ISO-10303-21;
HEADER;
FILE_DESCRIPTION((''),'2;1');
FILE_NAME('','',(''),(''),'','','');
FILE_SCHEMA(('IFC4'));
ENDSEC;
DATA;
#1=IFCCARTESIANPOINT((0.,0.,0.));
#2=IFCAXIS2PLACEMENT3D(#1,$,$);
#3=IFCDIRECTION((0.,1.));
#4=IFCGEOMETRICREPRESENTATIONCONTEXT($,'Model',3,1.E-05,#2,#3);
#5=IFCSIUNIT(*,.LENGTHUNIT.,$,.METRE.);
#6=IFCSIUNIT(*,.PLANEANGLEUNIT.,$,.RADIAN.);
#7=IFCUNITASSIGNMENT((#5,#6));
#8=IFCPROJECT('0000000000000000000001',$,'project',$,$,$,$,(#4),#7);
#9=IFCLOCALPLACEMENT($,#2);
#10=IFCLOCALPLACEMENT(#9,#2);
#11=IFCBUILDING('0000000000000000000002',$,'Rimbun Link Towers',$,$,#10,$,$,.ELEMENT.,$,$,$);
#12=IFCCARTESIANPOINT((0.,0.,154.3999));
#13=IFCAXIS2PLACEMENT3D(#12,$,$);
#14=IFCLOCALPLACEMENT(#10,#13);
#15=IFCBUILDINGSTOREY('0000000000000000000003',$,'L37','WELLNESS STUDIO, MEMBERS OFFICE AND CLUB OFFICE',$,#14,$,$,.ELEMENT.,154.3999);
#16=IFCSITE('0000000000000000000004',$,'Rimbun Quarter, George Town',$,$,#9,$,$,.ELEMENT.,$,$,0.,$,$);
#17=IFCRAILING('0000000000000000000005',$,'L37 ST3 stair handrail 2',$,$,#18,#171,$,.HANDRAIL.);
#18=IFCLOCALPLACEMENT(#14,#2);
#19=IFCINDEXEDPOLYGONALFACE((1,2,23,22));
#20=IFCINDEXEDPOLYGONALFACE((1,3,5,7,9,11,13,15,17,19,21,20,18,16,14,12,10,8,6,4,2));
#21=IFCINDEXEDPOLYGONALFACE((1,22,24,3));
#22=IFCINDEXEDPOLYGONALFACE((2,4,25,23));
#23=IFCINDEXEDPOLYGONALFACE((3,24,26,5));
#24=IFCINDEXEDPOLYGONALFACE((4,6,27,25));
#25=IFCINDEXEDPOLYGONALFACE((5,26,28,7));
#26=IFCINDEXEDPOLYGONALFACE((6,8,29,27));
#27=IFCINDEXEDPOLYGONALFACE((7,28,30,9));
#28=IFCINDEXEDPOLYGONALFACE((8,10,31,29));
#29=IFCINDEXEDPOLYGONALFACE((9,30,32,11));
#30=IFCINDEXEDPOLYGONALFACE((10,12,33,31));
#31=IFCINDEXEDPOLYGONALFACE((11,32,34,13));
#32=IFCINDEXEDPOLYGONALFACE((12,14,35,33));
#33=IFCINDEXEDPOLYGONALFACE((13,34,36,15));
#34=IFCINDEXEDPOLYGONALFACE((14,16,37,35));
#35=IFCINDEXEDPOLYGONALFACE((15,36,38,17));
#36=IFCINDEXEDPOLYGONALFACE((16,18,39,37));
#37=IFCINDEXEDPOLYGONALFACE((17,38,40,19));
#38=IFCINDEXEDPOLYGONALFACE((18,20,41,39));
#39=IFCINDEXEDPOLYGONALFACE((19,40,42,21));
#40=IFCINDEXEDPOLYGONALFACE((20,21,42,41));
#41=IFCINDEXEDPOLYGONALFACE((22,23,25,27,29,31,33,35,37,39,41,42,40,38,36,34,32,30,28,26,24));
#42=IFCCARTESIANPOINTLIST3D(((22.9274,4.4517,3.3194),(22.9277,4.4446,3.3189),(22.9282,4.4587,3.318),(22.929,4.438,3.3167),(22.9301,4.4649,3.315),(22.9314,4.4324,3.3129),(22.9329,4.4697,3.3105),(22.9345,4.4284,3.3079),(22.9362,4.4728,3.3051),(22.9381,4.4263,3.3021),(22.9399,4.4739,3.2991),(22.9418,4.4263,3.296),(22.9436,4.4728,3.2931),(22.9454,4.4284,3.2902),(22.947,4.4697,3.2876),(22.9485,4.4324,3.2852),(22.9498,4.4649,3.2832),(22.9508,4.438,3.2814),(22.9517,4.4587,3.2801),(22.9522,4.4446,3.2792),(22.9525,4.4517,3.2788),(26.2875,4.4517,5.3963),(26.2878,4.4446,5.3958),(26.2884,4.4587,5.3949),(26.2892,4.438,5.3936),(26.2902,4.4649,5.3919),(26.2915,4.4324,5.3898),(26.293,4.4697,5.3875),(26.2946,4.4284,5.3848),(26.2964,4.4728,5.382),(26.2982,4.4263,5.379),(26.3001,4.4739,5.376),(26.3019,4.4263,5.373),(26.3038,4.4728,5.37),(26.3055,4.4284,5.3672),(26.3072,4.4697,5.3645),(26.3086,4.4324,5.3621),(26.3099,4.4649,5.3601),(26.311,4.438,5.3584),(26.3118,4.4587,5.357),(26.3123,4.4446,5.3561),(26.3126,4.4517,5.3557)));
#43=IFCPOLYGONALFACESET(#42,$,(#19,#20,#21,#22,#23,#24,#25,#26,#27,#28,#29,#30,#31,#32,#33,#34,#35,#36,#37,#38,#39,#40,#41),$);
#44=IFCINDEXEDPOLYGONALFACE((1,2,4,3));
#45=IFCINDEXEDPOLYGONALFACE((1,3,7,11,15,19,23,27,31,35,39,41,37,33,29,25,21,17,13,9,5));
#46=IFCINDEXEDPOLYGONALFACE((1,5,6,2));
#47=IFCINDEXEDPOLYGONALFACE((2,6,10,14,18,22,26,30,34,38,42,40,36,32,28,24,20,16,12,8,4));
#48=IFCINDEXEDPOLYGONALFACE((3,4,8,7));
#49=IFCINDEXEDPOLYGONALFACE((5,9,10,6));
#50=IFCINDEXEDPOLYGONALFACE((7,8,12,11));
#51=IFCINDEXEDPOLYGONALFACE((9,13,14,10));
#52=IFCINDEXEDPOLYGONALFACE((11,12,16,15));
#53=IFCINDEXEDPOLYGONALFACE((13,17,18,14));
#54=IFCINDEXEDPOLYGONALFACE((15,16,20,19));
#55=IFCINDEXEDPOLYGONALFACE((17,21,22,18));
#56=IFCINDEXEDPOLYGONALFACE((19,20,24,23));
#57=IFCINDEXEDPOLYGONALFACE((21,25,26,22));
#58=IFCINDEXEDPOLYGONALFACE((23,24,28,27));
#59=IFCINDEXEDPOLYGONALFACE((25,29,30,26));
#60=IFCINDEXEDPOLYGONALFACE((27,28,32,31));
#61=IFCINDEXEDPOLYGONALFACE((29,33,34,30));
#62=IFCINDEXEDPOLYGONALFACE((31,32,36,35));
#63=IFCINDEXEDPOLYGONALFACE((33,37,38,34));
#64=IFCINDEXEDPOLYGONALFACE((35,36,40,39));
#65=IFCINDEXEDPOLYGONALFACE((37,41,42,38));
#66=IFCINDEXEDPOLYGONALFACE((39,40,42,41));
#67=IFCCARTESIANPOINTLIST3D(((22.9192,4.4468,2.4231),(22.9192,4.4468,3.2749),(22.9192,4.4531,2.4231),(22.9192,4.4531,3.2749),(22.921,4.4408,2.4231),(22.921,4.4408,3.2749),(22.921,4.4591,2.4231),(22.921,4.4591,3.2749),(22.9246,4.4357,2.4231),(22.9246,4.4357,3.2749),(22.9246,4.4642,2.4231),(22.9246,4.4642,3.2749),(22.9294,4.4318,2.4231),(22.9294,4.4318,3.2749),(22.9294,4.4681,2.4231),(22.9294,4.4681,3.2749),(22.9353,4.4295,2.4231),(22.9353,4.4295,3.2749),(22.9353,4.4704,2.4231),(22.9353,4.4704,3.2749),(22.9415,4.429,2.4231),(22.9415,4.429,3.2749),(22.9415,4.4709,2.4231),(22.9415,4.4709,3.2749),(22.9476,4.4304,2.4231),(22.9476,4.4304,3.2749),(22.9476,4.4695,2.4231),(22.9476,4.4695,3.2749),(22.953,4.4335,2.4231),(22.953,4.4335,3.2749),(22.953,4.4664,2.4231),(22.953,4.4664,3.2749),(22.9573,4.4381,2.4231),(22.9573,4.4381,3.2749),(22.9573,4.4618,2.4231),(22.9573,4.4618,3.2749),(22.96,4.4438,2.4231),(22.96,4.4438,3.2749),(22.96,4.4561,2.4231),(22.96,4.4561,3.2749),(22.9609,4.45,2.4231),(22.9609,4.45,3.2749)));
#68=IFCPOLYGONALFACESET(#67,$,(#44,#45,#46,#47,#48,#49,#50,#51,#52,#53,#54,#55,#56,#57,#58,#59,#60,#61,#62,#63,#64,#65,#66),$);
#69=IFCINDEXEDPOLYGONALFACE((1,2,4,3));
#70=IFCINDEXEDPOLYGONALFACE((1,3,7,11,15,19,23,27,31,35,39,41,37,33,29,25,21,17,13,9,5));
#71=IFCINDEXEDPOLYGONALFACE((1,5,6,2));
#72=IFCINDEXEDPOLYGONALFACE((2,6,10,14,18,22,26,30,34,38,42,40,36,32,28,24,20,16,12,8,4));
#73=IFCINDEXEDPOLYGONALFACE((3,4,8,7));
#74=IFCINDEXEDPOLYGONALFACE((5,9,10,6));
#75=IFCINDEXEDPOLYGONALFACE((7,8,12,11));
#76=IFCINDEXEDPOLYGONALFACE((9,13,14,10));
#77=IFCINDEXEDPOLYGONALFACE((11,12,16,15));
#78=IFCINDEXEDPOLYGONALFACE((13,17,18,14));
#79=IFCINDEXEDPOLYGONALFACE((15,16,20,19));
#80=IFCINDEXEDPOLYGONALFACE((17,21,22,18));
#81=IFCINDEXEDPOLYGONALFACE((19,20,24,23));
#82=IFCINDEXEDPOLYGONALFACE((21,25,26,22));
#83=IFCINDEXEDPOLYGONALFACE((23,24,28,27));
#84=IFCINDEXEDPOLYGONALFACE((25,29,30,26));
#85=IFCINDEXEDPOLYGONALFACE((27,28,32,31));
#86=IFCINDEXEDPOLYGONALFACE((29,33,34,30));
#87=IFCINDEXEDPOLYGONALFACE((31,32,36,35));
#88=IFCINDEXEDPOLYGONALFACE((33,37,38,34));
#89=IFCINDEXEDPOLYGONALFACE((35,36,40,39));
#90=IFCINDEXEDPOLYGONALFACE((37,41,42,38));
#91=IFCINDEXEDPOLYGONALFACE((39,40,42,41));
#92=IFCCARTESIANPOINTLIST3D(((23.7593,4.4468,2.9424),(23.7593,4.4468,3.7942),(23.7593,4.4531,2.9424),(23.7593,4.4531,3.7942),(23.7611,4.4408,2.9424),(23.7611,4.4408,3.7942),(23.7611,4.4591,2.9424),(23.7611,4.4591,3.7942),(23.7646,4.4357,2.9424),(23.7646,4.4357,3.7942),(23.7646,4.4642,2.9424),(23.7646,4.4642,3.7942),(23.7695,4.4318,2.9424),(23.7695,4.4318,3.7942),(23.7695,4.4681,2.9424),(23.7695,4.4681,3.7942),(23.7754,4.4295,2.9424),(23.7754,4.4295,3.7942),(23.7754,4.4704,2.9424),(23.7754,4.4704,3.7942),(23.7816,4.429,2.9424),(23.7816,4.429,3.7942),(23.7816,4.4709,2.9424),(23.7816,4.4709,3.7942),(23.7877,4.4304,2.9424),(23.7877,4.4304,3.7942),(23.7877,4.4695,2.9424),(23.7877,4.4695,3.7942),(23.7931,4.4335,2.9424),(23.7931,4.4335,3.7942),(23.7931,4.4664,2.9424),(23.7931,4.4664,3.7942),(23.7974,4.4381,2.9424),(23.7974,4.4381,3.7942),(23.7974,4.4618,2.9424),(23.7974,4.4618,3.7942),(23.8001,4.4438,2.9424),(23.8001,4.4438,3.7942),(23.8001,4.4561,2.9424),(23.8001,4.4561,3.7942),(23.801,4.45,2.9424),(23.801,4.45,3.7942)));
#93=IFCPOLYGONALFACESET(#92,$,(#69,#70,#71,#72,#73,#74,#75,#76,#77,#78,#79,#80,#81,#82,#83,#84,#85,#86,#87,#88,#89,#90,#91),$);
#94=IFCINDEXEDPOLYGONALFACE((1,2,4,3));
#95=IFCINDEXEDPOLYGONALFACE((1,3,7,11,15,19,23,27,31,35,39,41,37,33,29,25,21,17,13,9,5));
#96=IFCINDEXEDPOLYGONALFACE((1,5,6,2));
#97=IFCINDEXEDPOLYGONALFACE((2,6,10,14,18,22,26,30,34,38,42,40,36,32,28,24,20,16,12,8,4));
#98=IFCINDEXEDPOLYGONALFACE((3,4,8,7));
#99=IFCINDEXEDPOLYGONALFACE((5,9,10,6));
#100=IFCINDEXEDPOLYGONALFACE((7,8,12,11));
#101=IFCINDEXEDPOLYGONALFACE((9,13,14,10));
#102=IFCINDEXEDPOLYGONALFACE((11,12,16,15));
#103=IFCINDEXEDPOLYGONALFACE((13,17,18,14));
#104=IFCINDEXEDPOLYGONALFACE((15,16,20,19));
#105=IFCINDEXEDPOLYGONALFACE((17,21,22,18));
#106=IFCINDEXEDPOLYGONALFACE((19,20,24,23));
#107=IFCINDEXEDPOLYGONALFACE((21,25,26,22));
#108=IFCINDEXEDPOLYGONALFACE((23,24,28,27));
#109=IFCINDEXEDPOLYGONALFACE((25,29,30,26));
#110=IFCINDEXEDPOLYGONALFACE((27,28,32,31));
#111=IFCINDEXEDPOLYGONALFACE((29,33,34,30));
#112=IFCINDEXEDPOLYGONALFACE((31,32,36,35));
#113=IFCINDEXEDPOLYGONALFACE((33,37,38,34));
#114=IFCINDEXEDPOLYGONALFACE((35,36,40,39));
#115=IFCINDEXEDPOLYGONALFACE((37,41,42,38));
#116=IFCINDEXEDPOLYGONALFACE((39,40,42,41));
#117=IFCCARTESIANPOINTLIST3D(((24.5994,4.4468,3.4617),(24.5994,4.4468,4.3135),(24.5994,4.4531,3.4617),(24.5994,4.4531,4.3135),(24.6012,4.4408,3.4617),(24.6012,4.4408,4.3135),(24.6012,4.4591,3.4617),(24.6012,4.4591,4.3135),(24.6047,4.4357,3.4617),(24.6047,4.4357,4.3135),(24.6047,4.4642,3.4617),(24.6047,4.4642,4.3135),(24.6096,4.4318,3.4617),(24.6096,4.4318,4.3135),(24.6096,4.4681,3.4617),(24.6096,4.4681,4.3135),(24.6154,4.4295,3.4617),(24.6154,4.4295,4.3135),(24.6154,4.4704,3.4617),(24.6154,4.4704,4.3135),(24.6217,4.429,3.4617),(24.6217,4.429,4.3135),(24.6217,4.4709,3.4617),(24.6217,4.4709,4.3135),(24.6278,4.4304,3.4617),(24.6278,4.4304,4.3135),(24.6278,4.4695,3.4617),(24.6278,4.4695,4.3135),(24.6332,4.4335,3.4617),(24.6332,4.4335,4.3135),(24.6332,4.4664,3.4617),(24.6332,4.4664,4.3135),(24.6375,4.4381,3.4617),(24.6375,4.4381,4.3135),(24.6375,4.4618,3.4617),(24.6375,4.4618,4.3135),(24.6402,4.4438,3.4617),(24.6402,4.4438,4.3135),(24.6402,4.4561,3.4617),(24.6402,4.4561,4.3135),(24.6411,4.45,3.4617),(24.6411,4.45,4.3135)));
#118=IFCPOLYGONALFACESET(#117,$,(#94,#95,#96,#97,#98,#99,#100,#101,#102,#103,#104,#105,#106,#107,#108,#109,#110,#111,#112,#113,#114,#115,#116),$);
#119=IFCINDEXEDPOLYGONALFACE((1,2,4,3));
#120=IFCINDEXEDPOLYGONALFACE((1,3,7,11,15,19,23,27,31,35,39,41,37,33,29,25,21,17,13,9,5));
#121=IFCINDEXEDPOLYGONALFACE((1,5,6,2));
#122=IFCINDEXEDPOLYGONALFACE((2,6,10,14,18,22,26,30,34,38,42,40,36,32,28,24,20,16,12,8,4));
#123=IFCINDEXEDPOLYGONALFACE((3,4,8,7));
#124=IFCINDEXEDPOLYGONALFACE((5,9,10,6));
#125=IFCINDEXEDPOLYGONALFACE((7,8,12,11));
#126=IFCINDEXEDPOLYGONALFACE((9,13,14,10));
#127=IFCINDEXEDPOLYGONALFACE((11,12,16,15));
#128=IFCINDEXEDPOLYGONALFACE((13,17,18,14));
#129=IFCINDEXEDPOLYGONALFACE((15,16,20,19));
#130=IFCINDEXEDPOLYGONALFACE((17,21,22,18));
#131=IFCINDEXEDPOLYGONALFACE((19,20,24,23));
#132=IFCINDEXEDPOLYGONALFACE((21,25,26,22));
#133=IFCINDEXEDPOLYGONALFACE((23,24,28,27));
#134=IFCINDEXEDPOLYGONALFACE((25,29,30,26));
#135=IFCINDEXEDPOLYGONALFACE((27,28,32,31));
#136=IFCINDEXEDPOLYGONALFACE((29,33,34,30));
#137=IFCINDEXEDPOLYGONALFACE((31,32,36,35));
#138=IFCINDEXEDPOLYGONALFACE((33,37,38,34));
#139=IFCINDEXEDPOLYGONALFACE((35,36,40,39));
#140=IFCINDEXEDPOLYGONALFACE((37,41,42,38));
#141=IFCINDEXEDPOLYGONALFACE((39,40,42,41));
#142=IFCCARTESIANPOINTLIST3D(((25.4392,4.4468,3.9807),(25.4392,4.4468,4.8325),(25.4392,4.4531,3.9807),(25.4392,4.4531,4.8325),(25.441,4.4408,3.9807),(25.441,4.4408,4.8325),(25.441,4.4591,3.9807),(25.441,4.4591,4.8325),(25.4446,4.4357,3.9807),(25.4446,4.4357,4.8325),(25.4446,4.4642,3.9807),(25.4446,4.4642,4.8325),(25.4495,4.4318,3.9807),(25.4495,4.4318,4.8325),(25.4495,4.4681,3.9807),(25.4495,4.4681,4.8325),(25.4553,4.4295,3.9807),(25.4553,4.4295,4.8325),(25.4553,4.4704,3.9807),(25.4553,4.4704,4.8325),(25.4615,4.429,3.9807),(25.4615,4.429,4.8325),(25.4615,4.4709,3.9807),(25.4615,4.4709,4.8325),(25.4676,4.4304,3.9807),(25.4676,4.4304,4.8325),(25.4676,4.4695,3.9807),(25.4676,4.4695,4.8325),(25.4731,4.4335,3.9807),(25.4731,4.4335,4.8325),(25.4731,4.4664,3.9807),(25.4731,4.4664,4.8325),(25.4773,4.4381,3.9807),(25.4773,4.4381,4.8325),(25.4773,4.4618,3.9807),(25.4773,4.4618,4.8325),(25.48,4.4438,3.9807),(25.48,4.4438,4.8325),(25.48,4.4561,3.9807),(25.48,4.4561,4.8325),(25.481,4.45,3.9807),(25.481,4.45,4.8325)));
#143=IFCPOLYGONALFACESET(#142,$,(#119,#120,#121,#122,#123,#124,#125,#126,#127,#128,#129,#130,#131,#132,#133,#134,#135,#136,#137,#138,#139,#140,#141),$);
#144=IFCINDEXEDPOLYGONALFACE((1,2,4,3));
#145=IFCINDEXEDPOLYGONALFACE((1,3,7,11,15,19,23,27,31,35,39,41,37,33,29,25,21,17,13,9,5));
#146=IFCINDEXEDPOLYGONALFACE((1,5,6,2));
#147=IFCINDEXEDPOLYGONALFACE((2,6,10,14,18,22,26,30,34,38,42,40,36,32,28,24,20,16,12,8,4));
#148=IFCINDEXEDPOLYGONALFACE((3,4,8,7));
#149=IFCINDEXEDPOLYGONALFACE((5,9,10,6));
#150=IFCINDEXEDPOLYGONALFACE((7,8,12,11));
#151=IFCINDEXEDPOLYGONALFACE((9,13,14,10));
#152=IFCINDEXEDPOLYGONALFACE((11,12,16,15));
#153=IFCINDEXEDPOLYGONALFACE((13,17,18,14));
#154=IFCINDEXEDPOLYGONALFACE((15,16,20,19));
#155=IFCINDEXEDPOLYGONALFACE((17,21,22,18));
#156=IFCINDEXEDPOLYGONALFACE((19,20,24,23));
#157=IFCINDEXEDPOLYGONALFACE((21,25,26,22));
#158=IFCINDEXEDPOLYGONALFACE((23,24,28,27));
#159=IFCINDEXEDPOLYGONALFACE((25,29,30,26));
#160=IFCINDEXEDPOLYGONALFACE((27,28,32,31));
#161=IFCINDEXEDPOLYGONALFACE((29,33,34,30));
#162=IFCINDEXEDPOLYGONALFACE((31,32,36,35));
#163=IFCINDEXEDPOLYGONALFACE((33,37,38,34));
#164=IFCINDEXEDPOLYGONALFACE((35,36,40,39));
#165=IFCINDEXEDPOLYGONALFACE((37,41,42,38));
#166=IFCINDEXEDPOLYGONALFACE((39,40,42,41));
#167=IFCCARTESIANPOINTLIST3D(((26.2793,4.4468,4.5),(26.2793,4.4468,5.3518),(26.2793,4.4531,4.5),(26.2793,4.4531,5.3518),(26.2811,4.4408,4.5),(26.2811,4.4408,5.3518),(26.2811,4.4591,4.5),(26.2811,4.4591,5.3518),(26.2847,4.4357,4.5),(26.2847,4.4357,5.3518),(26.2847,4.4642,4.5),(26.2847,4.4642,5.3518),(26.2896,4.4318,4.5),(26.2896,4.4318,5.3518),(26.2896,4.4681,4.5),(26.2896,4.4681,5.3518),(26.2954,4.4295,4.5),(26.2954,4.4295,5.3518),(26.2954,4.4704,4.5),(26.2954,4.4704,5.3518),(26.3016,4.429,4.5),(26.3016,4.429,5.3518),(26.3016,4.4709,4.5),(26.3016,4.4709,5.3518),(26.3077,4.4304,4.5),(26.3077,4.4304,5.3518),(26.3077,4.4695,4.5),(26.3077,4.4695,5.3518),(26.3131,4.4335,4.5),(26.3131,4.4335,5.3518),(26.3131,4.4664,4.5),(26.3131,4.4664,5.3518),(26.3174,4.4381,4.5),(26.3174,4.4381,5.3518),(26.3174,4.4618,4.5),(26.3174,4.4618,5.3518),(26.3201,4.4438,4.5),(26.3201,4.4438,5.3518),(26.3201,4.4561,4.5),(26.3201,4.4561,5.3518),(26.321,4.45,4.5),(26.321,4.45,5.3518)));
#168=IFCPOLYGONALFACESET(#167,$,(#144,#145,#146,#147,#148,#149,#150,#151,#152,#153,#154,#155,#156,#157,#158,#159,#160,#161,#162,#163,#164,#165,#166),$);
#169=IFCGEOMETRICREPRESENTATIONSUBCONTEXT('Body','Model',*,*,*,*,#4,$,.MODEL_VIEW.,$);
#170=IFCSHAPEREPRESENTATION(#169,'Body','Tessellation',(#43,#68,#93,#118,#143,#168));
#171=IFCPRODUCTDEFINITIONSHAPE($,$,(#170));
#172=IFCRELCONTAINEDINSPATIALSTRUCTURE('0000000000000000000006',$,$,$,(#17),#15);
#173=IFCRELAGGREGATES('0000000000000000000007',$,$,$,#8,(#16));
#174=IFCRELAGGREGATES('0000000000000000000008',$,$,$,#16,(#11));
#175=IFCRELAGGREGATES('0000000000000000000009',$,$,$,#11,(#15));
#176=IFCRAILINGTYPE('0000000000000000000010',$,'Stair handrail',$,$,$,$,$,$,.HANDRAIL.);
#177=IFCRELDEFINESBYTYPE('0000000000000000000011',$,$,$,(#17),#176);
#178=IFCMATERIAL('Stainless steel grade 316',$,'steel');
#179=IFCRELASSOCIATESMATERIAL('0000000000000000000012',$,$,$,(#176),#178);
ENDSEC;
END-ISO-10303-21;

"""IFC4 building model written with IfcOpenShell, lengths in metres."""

from ifc_helpers import new_model, si_unit, direction, frame, origin, origin_2d, place, context, subcontext, project, spatial, circle, extrude, material, type_object, element, save


model = new_model("IFC4")

# Units and contexts
model_context = context("Model", 3, precision=1e-05, world=origin(), true_north=direction((0.0, 1.0)))
body_context = subcontext(model_context, "Body", "Model", "MODEL_VIEW")
ifc_project = project(units=[si_unit("LENGTHUNIT", "METRE"), si_unit("PLANEANGLEUNIT", "RADIAN")], contexts=[model_context])

# Site, building, storey
site_placement = place(None, origin())
site = spatial("IfcSite", under=ifc_project, at=site_placement, Name="Rimbun Quarter, George Town", CompositionType="ELEMENT", RefElevation=0.0)
building_placement = place(site_placement, origin())
building = spatial("IfcBuilding", under=site, at=building_placement, Name="Rimbun Link Towers", CompositionType="ELEMENT")
storey_placement = place(building_placement, frame((0.0, 0.0, 154.3999)))
storey = spatial("IfcBuildingStorey", under=building, at=storey_placement, Name="L37", Description="WELLNESS STUDIO, MEMBERS OFFICE AND CLUB OFFICE", CompositionType="ELEMENT", Elevation=154.3999)

# Railing
ifc_material_1 = material(Name="Stainless steel grade 316", Category="steel")
railing_type_1 = type_object("IfcRailingType", Name="Stair handrail", PredefinedType="HANDRAIL", material=ifc_material_1)
railing_1_placement = place(storey_placement, frame((22.9399, 4.45, 2.4231)))
element("IfcRailing", 1, at=railing_1_placement, inside=storey, type_object=railing_type_1, Name="L37 ST3 stair handrail 2", PredefinedType="HANDRAIL", context=body_context, shape_type="SweptSolid", body=[
    extrude(circle(Radius=0.0239, at=origin_2d()), frame((0.0, 0.0, 0.876), z_axis=(0.850623, 0.0, 0.525776), x_axis=(0.0, 1.0, 0.0)), (0.0, 0.0, 1.0), 3.9502),
    extrude(circle(Radius=0.021, at=origin_2d()), origin(), (0.0, 0.0, 1.0), 0.8518),
    extrude(circle(Radius=0.021, at=origin_2d()), frame((0.8401, 0.0, 0.5193)), (0.0, 0.0, 1.0), 0.8518),
    extrude(circle(Radius=0.021, at=origin_2d()), frame((1.6802, 0.0, 1.0386)), (0.0, 0.0, 1.0), 0.8518),
    extrude(circle(Radius=0.021, at=origin_2d()), frame((2.52, 0.0, 1.5576)), (0.0, 0.0, 1.0), 0.8518),
    extrude(circle(Radius=0.021, at=origin_2d()), frame((3.3601, 0.0, 2.0769)), (0.0, 0.0, 1.0), 0.8518),
])

save(model, "model.ifc")
